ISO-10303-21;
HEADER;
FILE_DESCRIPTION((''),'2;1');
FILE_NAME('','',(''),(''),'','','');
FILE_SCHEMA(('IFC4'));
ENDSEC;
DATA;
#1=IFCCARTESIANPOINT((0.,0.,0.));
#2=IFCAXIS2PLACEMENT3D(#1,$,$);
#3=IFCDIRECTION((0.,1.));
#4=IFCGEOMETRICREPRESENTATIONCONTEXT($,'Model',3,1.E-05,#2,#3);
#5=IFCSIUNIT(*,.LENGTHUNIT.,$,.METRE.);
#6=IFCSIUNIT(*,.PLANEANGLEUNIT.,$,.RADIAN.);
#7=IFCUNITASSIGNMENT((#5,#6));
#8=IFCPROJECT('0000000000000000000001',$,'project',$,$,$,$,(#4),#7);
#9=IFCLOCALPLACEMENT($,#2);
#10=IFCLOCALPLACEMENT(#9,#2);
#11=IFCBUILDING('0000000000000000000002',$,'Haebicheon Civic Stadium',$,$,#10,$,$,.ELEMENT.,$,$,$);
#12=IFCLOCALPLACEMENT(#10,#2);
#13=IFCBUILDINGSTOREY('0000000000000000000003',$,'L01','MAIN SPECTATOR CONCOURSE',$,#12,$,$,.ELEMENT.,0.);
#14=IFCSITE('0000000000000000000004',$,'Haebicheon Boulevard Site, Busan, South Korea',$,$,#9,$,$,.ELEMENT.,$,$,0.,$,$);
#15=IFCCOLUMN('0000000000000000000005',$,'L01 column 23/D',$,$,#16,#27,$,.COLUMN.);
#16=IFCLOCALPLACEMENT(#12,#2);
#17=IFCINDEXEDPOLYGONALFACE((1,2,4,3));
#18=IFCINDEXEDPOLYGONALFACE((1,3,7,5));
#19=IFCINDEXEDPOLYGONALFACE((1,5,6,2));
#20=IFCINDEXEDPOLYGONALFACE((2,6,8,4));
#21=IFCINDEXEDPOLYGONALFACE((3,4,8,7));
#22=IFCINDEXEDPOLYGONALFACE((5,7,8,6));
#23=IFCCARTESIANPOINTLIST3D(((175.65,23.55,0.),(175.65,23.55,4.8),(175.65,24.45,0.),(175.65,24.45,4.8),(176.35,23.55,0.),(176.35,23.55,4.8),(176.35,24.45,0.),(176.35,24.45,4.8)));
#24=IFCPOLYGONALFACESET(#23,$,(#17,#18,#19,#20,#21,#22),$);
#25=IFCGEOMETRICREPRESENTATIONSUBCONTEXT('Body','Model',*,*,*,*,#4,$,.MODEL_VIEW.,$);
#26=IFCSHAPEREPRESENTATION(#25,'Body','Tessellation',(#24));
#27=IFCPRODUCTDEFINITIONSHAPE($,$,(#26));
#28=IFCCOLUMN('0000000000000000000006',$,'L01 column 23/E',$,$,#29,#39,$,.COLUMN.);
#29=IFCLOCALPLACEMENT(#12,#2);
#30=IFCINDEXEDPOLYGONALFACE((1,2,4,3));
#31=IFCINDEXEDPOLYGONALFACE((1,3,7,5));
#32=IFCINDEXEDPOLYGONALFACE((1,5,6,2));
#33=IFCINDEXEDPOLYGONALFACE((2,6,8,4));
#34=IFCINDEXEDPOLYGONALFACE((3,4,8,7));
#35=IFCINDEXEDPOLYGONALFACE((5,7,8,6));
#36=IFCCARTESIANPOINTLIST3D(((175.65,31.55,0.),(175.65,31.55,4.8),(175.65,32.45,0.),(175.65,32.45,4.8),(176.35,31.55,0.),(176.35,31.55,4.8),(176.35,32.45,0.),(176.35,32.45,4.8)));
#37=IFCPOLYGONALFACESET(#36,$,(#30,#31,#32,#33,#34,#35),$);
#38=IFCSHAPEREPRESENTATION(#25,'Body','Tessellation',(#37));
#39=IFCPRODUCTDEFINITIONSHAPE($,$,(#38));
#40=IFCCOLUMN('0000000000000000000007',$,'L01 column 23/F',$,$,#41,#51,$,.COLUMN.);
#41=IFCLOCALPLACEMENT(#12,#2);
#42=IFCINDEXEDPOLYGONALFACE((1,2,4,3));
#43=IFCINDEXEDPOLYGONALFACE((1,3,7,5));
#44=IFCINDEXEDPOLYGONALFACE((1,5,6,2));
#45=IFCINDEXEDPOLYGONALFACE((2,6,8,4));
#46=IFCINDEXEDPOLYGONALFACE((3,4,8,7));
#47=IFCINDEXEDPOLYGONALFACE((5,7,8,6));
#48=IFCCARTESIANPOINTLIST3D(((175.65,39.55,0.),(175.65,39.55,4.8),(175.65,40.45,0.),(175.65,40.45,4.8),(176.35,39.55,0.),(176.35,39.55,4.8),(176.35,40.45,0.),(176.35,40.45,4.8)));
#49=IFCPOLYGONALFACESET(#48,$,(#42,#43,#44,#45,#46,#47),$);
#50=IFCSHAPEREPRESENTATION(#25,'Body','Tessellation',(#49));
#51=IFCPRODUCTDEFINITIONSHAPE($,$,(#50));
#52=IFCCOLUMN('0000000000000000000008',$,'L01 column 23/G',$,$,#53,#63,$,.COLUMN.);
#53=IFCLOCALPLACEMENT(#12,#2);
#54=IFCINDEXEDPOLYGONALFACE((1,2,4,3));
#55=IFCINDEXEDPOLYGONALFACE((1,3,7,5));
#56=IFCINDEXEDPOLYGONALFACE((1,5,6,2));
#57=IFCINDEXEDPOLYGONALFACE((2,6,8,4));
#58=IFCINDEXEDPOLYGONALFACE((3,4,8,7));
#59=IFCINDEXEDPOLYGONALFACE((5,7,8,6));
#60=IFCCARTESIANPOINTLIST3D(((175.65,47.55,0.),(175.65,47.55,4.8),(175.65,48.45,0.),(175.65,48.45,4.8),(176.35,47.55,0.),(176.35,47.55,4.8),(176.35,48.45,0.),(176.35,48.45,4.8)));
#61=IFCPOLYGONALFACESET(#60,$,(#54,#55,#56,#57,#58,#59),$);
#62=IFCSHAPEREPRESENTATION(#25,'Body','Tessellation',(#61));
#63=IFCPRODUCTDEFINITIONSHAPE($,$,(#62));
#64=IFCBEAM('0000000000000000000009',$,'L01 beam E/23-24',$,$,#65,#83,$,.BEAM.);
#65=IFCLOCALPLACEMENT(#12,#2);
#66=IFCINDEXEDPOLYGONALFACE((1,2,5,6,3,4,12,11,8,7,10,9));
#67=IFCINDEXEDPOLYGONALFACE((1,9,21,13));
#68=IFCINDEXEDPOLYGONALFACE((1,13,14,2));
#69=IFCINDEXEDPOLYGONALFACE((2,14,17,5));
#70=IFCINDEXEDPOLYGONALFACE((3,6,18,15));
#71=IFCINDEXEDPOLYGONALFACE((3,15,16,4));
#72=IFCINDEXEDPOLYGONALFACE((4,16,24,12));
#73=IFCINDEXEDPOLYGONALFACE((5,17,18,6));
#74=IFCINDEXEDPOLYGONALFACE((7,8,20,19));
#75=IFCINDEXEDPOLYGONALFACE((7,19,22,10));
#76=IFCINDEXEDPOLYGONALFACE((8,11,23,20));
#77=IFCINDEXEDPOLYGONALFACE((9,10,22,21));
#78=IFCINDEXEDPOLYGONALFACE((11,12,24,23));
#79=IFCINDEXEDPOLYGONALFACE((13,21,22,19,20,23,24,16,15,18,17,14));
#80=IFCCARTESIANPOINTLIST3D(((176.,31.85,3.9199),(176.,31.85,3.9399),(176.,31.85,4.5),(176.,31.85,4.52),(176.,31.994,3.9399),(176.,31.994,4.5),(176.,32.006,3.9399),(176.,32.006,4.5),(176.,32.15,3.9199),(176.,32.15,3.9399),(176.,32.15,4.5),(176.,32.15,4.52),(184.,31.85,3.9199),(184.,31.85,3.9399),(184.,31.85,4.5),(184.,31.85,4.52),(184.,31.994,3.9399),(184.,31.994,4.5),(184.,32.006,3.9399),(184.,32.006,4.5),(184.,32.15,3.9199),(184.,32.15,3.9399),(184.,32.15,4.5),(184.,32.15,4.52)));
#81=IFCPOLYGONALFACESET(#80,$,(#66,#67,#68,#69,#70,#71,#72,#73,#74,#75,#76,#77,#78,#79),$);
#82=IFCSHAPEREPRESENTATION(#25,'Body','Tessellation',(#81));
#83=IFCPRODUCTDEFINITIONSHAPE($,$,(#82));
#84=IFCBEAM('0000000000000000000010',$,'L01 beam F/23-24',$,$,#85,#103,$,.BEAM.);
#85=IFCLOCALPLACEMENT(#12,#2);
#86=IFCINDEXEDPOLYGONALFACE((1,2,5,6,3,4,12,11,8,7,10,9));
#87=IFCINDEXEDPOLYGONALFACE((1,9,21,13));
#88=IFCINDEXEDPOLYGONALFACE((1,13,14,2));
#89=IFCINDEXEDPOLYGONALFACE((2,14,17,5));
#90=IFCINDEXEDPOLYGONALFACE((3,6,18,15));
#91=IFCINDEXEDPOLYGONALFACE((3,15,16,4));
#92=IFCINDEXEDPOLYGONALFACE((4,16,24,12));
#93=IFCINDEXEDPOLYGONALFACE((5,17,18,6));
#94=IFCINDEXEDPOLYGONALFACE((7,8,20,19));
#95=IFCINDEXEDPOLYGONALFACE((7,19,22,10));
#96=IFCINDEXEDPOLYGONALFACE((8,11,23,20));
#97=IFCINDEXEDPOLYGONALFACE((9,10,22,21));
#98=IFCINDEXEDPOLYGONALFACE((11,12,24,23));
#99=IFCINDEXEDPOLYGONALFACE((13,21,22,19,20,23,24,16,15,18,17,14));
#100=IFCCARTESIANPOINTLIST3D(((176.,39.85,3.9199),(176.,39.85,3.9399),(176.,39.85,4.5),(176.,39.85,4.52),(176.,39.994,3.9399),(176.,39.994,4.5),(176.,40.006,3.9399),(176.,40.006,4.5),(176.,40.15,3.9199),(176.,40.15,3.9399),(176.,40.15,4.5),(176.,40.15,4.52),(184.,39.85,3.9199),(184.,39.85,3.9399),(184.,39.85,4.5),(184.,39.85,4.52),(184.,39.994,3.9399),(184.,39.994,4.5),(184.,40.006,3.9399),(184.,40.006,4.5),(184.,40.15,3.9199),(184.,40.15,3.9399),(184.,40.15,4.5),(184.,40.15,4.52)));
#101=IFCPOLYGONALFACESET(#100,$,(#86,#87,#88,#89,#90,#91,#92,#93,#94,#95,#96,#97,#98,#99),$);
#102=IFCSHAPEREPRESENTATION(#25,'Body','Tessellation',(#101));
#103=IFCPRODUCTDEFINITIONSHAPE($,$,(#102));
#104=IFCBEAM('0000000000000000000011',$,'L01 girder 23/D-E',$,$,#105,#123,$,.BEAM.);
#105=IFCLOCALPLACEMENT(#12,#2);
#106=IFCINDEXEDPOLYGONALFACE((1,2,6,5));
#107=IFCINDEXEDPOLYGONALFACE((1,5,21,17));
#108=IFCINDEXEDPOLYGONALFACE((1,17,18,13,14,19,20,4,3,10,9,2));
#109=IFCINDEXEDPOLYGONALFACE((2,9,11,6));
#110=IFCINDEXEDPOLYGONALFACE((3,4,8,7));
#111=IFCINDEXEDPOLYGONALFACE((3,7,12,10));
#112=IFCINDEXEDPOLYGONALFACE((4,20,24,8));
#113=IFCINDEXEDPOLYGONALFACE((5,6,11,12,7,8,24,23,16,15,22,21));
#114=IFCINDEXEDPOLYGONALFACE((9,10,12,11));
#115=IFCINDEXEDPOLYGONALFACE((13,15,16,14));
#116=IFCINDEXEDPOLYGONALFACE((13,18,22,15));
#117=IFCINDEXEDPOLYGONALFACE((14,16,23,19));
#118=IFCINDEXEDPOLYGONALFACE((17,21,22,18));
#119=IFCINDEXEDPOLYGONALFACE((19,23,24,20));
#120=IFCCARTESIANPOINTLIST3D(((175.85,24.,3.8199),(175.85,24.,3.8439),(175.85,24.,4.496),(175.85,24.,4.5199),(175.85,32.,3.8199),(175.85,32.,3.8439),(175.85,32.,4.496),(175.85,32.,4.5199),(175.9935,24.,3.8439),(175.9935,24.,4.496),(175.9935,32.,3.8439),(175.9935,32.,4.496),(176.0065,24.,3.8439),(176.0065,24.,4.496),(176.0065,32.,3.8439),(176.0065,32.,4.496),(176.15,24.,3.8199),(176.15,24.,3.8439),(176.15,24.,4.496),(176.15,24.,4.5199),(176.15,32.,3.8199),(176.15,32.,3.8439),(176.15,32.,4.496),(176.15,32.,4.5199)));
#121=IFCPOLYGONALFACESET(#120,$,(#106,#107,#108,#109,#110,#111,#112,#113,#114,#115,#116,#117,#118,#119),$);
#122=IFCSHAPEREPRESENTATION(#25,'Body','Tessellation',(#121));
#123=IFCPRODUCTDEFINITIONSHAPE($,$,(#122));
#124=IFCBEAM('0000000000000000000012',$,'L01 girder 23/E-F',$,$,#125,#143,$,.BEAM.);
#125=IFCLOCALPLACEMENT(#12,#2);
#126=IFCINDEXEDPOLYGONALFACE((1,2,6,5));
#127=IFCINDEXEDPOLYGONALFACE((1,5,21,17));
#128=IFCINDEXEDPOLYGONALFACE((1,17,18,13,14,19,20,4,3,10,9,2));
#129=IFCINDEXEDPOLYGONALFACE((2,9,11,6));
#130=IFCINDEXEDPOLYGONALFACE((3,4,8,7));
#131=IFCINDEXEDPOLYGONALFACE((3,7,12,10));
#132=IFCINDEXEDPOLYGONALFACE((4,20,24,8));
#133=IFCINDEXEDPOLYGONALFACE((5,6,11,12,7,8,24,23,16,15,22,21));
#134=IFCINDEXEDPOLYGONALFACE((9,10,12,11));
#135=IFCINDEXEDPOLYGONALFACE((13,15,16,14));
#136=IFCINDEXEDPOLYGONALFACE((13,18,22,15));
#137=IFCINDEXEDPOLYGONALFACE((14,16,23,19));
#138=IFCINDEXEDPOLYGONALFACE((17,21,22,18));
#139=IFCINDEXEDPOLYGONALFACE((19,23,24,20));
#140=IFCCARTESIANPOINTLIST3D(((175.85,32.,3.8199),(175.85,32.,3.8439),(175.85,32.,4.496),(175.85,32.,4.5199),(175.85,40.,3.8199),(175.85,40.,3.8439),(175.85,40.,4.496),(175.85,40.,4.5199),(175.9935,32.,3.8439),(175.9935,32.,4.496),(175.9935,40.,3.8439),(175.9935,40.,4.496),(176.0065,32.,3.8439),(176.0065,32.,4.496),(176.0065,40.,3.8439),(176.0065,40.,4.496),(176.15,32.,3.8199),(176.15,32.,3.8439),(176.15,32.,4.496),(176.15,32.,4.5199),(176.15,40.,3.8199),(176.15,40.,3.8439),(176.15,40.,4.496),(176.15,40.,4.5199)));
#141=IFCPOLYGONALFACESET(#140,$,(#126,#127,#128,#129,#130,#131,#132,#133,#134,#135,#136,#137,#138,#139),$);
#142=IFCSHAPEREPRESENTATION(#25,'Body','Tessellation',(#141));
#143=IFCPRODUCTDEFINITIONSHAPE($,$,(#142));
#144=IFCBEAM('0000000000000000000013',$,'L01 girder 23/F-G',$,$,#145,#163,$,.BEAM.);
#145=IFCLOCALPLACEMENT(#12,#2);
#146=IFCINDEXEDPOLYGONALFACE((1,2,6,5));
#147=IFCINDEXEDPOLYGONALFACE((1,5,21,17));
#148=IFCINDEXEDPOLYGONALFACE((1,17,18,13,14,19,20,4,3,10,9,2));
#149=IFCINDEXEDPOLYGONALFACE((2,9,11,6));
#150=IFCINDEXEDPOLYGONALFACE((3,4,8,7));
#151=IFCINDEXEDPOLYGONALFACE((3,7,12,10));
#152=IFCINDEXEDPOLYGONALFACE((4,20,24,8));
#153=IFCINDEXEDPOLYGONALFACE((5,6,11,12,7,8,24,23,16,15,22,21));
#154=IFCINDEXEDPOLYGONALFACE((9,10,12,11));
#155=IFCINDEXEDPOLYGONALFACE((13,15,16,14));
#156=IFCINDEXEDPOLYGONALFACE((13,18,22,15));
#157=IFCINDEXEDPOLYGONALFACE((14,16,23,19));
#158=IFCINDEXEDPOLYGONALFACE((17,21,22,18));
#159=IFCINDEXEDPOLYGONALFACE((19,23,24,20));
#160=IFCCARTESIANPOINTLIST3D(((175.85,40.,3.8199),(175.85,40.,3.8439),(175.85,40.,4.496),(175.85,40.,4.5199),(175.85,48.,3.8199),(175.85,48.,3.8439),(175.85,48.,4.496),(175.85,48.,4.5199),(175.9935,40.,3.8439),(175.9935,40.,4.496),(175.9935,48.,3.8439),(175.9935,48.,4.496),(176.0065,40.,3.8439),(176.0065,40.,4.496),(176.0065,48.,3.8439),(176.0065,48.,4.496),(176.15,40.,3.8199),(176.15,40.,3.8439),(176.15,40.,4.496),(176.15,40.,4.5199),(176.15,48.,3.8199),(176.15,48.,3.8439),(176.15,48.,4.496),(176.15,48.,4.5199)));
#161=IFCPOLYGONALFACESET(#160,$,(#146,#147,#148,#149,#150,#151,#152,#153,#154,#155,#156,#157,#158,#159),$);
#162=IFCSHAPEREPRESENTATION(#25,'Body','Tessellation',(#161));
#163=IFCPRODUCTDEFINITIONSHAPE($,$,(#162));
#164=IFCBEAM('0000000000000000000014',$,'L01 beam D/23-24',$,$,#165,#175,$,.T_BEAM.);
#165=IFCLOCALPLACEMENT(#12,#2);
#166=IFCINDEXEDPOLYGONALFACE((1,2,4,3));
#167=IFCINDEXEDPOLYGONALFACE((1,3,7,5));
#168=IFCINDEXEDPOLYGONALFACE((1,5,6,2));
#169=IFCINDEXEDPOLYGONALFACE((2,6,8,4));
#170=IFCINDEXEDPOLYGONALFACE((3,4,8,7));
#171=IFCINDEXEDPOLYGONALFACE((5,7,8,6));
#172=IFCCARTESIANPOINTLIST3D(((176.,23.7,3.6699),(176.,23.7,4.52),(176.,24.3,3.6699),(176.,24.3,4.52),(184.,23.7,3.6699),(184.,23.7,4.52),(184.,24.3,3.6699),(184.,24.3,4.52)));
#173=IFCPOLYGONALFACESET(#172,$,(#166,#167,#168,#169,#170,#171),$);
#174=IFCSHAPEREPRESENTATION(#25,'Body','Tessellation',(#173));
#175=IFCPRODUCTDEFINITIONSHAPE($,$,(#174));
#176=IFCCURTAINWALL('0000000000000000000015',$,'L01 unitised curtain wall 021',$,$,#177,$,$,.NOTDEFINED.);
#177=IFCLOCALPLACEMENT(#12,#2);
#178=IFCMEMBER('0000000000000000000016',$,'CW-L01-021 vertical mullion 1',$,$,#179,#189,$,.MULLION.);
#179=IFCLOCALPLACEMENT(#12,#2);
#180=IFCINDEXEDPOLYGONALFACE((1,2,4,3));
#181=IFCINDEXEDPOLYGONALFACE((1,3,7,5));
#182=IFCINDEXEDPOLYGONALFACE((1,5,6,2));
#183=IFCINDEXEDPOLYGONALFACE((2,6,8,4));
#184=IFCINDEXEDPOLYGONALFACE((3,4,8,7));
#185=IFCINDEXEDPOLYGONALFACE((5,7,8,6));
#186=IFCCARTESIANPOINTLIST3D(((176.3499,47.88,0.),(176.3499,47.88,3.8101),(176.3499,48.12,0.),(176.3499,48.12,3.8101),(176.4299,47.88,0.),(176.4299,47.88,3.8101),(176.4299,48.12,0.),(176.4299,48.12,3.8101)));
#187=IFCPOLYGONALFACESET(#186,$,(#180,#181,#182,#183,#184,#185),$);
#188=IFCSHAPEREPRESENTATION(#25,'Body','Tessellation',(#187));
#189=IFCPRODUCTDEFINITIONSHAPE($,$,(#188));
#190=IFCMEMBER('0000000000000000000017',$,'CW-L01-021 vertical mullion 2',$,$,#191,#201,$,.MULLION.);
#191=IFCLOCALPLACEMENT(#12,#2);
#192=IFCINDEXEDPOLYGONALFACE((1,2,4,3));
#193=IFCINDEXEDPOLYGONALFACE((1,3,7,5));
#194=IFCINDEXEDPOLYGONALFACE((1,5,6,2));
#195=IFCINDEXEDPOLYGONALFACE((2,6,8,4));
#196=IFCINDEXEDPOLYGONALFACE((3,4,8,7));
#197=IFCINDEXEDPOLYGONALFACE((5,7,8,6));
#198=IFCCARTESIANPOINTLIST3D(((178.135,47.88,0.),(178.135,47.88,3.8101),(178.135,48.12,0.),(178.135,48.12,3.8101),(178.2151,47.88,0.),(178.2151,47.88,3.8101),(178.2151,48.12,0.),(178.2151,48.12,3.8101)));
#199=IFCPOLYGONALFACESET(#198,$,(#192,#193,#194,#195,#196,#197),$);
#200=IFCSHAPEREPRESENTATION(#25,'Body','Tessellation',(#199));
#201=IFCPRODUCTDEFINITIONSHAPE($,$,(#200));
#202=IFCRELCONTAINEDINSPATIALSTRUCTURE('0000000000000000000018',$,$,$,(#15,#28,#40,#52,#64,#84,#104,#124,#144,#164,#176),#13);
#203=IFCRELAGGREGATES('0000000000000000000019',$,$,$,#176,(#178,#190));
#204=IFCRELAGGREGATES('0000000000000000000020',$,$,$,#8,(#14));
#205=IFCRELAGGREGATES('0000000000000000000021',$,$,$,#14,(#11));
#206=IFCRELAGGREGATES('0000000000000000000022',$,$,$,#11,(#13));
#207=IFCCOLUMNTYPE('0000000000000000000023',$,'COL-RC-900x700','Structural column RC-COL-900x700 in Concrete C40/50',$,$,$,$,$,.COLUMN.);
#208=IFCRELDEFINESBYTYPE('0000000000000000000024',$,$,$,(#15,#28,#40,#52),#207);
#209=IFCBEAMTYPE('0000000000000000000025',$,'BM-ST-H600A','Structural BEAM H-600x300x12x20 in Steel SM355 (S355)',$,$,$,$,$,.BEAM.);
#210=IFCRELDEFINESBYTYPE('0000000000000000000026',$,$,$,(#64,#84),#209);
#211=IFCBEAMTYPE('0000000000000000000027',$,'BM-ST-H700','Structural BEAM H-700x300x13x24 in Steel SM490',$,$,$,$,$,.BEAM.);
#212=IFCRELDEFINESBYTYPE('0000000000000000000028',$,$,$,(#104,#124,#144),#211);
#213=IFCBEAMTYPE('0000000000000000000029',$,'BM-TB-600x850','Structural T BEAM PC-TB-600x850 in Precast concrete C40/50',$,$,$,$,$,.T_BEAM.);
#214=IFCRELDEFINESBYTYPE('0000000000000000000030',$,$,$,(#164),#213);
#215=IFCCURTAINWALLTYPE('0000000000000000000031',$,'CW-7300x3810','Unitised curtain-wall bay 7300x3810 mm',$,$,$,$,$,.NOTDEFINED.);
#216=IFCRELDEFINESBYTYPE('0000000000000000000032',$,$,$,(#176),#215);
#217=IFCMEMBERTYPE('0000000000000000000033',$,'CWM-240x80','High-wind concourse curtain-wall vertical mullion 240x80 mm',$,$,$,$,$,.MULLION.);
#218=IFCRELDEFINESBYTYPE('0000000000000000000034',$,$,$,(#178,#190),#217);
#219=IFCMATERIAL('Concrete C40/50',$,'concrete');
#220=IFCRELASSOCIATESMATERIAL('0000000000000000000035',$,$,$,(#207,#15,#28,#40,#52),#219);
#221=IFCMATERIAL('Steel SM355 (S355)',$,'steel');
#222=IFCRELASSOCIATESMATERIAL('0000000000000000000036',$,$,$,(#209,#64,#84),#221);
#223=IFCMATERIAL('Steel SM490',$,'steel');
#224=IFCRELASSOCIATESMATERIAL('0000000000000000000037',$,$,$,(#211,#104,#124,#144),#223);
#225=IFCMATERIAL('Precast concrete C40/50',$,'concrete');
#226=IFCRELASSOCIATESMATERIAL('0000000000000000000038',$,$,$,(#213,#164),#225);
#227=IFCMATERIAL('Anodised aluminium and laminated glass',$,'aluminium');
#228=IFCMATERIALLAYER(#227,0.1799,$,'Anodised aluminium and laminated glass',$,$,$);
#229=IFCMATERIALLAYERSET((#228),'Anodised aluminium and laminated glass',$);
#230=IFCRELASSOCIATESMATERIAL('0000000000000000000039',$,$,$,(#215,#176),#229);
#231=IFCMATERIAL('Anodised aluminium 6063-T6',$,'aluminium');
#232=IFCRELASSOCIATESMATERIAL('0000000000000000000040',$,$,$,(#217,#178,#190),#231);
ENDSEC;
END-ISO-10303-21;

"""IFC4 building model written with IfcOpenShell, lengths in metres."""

from ifc_helpers import new_model, si_unit, direction, frame, origin, origin_2d, place, context, subcontext, project, spatial, rectangle, i_section, extrude, material, layer, layer_set, material_profile, profile_set, type_object, element, aggregate, save


model = new_model("IFC4")

# Units and contexts
model_context = context("Model", 3, precision=1e-05, world=origin(), true_north=direction((0.0, 1.0)))
body_context = subcontext(model_context, "Body", "Model", "MODEL_VIEW")
ifc_project = project(units=[si_unit("LENGTHUNIT", "METRE"), si_unit("PLANEANGLEUNIT", "RADIAN")], contexts=[model_context])

# Site, building, storey
site_placement = place(None, origin())
site = spatial("IfcSite", under=ifc_project, at=site_placement, Name="Haebicheon Boulevard Site, Busan, South Korea", CompositionType="ELEMENT", RefElevation=0.0)
building_placement = place(site_placement, origin())
building = spatial("IfcBuilding", under=site, at=building_placement, Name="Haebicheon Civic Stadium", CompositionType="ELEMENT")
storey_placement = place(building_placement, origin())
storey = spatial("IfcBuildingStorey", under=building, at=storey_placement, Name="L01", Description="MAIN SPECTATOR CONCOURSE", CompositionType="ELEMENT", Elevation=0.0)

# Columns
ifc_material_1 = material(Name="Concrete C40/50", Category="concrete")
ifc_material_profile_1 = material_profile(ifc_material_1, rectangle(XDim=0.7, YDim=0.8999, at=origin_2d()), Name="RC-COL-900x700")
ifc_profile_set_1 = profile_set([ifc_material_profile_1], Name="Concrete C40/50")
column_type = type_object("IfcColumnType", Name="COL-RC-900x700", Description="Structural column RC-COL-900x700 in Concrete C40/50", PredefinedType="COLUMN", material=ifc_profile_set_1)
for number, where, z_axis, x_axis, name in (
    (1, (176.0, 24.0, 0.0), (0.0, 0.0, 1.0), (1.0, 0.0, 0.0), "L01 column 23/D"),
    (2, (176.0, 32.0, 0.0), (0.0, 0.0, 1.0), (1.0, 0.0, 0.0), "L01 column 23/E"),
    (3, (176.0, 40.0, 0.0), (0.0, 0.0, 1.0), (1.0, 0.0, 0.0), "L01 column 23/F"),
    (4, (176.0, 48.0, 0.0), (0.0, 0.0, 1.0), (1.0, 0.0, 0.0), "L01 column 23/G"),
):
    element("IfcColumn", number, at=place(storey_placement, frame(where, z_axis=z_axis, x_axis=x_axis)), inside=storey, type_object=column_type, material=ifc_profile_set_1, Name=name, PredefinedType="COLUMN", context=body_context, shape_type="SweptSolid", body=[
        extrude(rectangle(XDim=0.7, YDim=0.8999, at=origin_2d()), origin(), (0.0, 0.0, 1.0), 4.8),
    ])

# Beams
ifc_material_2 = material(Name="Steel SM355 (S355)", Category="steel")
ifc_material_profile_2 = material_profile(ifc_material_2, i_section(OverallWidth=0.3, OverallDepth=0.6001, WebThickness=0.012, FlangeThickness=0.02, at=origin_2d()), Name="H-600x300x12x20")
ifc_profile_set_2 = profile_set([ifc_material_profile_2], Name="Steel SM355 (S355)")
beam_type_1 = type_object("IfcBeamType", Name="BM-ST-H600A", Description="Structural BEAM H-600x300x12x20 in Steel SM355 (S355)", PredefinedType="BEAM", material=ifc_profile_set_2)
for number, where, z_axis, x_axis, name in (
    (5, (176.0, 32.0, 4.22), (1.0, 0.0, 0.0), (0.0, 1.0, 0.0), "L01 beam E/23-24"),
    (6, (176.0, 40.0, 4.22), (1.0, 0.0, 0.0), (0.0, 1.0, 0.0), "L01 beam F/23-24"),
):
    element("IfcBeam", number, at=place(storey_placement, frame(where, z_axis=z_axis, x_axis=x_axis)), inside=storey, type_object=beam_type_1, material=ifc_profile_set_2, Name=name, PredefinedType="BEAM", context=body_context, shape_type="SweptSolid", body=[
        extrude(i_section(OverallWidth=0.3, OverallDepth=0.6001, WebThickness=0.012, FlangeThickness=0.02, at=origin_2d()), origin(), (0.0, 0.0, 1.0), 8.0),
    ])
ifc_material_3 = material(Name="Steel SM490", Category="steel")
ifc_material_profile_3 = material_profile(ifc_material_3, i_section(OverallWidth=0.3, OverallDepth=0.7, WebThickness=0.0129, FlangeThickness=0.0239, at=origin_2d()), Name="H-700x300x13x24")
ifc_profile_set_3 = profile_set([ifc_material_profile_3], Name="Steel SM490")
beam_type_2 = type_object("IfcBeamType", Name="BM-ST-H700", Description="Structural BEAM H-700x300x13x24 in Steel SM490", PredefinedType="BEAM", material=ifc_profile_set_3)
for number, where, z_axis, x_axis, name in (
    (7, (176.0, 24.0, 4.1699), (0.0, 1.0, 0.0), (-1.0, 0.0, 0.0), "L01 girder 23/D-E"),
    (8, (176.0, 32.0, 4.1699), (0.0, 1.0, 0.0), (-1.0, 0.0, 0.0), "L01 girder 23/E-F"),
    (9, (176.0, 40.0, 4.1699), (0.0, 1.0, 0.0), (-1.0, 0.0, 0.0), "L01 girder 23/F-G"),
):
    element("IfcBeam", number, at=place(storey_placement, frame(where, z_axis=z_axis, x_axis=x_axis)), inside=storey, type_object=beam_type_2, material=ifc_profile_set_3, Name=name, PredefinedType="BEAM", context=body_context, shape_type="SweptSolid", body=[
        extrude(i_section(OverallWidth=0.3, OverallDepth=0.7, WebThickness=0.0129, FlangeThickness=0.0239, at=origin_2d()), origin(), (0.0, 0.0, 1.0), 8.0),
    ])
ifc_material_4 = material(Name="Precast concrete C40/50", Category="concrete")
ifc_material_profile_4 = material_profile(ifc_material_4, rectangle(XDim=0.6001, YDim=0.8501, at=origin_2d()), Name="PC-TB-600x850")
ifc_profile_set_4 = profile_set([ifc_material_profile_4], Name="Precast concrete C40/50")
beam_type_3 = type_object("IfcBeamType", Name="BM-TB-600x850", Description="Structural T BEAM PC-TB-600x850 in Precast concrete C40/50", PredefinedType="T_BEAM", material=ifc_profile_set_4)
beam_1_placement = place(storey_placement, frame((176.0, 24.0, 4.095), z_axis=(1.0, 0.0, 0.0), x_axis=(0.0, 1.0, 0.0)))
element("IfcBeam", 10, at=beam_1_placement, inside=storey, type_object=beam_type_3, material=ifc_profile_set_4, Name="L01 beam D/23-24", PredefinedType="T_BEAM", context=body_context, shape_type="SweptSolid", body=[
    extrude(rectangle(XDim=0.6001, YDim=0.8501, at=origin_2d()), origin(), (0.0, 0.0, 1.0), 8.0),
])

# Curtain wall, members
ifc_material_5 = material(Name="Anodised aluminium and laminated glass", Category="aluminium")
ifc_layer_1 = layer(ifc_material_5, 0.1799, Name="Anodised aluminium and laminated glass")
ifc_layer_set_1 = layer_set([ifc_layer_1], Name="Anodised aluminium and laminated glass")
curtain_wall_type = type_object("IfcCurtainWallType", Name="CW-7300x3810", Description="Unitised curtain-wall bay 7300x3810 mm", PredefinedType="NOTDEFINED", material=ifc_layer_set_1)
curtain_wall_placement = place(storey_placement, origin())
curtain_wall = element("IfcCurtainWall", 11, at=curtain_wall_placement, inside=storey, type_object=curtain_wall_type, material=ifc_layer_set_1, Name="L01 unitised curtain wall 021", PredefinedType="NOTDEFINED")
ifc_material_6 = material(Name="Anodised aluminium 6063-T6", Category="aluminium")
ifc_material_profile_5 = material_profile(ifc_material_6, rectangle(XDim=0.0801, YDim=0.24, at=origin_2d()), Name="ALU-MULL-80x240")
ifc_profile_set_5 = profile_set([ifc_material_profile_5], Name="Anodised aluminium 6063-T6")
member_type_1 = type_object("IfcMemberType", Name="CWM-240x80", Description="High-wind concourse curtain-wall vertical mullion 240x80 mm", PredefinedType="MULLION", material=ifc_profile_set_5)
member_1_placement = place(storey_placement, frame((176.3899, 48.0, 0.0), z_axis=(0.0, 0.0, 1.0), x_axis=(1.0, 0.0, 0.0)))
member_1 = element("IfcMember", 12, at=member_1_placement, type_object=member_type_1, material=ifc_profile_set_5, Name="CW-L01-021 vertical mullion 1", PredefinedType="MULLION", context=body_context, shape_type="SweptSolid", body=[
    extrude(rectangle(XDim=0.0801, YDim=0.24, at=origin_2d()), origin(), (0.0, 0.0, 1.0), 3.8101),
])
member_2_placement = place(storey_placement, frame((178.175, 48.0, 0.0), z_axis=(0.0, 0.0, 1.0), x_axis=(1.0, 0.0, 0.0)))
member_2 = element("IfcMember", 13, at=member_2_placement, type_object=member_type_1, material=ifc_profile_set_5, Name="CW-L01-021 vertical mullion 2", PredefinedType="MULLION", context=body_context, shape_type="SweptSolid", body=[
    extrude(rectangle(XDim=0.0801, YDim=0.24, at=origin_2d()), origin(), (0.0, 0.0, 1.0), 3.8101),
])

aggregate(curtain_wall, [member_1, member_2])

save(model, "model.ifc")
